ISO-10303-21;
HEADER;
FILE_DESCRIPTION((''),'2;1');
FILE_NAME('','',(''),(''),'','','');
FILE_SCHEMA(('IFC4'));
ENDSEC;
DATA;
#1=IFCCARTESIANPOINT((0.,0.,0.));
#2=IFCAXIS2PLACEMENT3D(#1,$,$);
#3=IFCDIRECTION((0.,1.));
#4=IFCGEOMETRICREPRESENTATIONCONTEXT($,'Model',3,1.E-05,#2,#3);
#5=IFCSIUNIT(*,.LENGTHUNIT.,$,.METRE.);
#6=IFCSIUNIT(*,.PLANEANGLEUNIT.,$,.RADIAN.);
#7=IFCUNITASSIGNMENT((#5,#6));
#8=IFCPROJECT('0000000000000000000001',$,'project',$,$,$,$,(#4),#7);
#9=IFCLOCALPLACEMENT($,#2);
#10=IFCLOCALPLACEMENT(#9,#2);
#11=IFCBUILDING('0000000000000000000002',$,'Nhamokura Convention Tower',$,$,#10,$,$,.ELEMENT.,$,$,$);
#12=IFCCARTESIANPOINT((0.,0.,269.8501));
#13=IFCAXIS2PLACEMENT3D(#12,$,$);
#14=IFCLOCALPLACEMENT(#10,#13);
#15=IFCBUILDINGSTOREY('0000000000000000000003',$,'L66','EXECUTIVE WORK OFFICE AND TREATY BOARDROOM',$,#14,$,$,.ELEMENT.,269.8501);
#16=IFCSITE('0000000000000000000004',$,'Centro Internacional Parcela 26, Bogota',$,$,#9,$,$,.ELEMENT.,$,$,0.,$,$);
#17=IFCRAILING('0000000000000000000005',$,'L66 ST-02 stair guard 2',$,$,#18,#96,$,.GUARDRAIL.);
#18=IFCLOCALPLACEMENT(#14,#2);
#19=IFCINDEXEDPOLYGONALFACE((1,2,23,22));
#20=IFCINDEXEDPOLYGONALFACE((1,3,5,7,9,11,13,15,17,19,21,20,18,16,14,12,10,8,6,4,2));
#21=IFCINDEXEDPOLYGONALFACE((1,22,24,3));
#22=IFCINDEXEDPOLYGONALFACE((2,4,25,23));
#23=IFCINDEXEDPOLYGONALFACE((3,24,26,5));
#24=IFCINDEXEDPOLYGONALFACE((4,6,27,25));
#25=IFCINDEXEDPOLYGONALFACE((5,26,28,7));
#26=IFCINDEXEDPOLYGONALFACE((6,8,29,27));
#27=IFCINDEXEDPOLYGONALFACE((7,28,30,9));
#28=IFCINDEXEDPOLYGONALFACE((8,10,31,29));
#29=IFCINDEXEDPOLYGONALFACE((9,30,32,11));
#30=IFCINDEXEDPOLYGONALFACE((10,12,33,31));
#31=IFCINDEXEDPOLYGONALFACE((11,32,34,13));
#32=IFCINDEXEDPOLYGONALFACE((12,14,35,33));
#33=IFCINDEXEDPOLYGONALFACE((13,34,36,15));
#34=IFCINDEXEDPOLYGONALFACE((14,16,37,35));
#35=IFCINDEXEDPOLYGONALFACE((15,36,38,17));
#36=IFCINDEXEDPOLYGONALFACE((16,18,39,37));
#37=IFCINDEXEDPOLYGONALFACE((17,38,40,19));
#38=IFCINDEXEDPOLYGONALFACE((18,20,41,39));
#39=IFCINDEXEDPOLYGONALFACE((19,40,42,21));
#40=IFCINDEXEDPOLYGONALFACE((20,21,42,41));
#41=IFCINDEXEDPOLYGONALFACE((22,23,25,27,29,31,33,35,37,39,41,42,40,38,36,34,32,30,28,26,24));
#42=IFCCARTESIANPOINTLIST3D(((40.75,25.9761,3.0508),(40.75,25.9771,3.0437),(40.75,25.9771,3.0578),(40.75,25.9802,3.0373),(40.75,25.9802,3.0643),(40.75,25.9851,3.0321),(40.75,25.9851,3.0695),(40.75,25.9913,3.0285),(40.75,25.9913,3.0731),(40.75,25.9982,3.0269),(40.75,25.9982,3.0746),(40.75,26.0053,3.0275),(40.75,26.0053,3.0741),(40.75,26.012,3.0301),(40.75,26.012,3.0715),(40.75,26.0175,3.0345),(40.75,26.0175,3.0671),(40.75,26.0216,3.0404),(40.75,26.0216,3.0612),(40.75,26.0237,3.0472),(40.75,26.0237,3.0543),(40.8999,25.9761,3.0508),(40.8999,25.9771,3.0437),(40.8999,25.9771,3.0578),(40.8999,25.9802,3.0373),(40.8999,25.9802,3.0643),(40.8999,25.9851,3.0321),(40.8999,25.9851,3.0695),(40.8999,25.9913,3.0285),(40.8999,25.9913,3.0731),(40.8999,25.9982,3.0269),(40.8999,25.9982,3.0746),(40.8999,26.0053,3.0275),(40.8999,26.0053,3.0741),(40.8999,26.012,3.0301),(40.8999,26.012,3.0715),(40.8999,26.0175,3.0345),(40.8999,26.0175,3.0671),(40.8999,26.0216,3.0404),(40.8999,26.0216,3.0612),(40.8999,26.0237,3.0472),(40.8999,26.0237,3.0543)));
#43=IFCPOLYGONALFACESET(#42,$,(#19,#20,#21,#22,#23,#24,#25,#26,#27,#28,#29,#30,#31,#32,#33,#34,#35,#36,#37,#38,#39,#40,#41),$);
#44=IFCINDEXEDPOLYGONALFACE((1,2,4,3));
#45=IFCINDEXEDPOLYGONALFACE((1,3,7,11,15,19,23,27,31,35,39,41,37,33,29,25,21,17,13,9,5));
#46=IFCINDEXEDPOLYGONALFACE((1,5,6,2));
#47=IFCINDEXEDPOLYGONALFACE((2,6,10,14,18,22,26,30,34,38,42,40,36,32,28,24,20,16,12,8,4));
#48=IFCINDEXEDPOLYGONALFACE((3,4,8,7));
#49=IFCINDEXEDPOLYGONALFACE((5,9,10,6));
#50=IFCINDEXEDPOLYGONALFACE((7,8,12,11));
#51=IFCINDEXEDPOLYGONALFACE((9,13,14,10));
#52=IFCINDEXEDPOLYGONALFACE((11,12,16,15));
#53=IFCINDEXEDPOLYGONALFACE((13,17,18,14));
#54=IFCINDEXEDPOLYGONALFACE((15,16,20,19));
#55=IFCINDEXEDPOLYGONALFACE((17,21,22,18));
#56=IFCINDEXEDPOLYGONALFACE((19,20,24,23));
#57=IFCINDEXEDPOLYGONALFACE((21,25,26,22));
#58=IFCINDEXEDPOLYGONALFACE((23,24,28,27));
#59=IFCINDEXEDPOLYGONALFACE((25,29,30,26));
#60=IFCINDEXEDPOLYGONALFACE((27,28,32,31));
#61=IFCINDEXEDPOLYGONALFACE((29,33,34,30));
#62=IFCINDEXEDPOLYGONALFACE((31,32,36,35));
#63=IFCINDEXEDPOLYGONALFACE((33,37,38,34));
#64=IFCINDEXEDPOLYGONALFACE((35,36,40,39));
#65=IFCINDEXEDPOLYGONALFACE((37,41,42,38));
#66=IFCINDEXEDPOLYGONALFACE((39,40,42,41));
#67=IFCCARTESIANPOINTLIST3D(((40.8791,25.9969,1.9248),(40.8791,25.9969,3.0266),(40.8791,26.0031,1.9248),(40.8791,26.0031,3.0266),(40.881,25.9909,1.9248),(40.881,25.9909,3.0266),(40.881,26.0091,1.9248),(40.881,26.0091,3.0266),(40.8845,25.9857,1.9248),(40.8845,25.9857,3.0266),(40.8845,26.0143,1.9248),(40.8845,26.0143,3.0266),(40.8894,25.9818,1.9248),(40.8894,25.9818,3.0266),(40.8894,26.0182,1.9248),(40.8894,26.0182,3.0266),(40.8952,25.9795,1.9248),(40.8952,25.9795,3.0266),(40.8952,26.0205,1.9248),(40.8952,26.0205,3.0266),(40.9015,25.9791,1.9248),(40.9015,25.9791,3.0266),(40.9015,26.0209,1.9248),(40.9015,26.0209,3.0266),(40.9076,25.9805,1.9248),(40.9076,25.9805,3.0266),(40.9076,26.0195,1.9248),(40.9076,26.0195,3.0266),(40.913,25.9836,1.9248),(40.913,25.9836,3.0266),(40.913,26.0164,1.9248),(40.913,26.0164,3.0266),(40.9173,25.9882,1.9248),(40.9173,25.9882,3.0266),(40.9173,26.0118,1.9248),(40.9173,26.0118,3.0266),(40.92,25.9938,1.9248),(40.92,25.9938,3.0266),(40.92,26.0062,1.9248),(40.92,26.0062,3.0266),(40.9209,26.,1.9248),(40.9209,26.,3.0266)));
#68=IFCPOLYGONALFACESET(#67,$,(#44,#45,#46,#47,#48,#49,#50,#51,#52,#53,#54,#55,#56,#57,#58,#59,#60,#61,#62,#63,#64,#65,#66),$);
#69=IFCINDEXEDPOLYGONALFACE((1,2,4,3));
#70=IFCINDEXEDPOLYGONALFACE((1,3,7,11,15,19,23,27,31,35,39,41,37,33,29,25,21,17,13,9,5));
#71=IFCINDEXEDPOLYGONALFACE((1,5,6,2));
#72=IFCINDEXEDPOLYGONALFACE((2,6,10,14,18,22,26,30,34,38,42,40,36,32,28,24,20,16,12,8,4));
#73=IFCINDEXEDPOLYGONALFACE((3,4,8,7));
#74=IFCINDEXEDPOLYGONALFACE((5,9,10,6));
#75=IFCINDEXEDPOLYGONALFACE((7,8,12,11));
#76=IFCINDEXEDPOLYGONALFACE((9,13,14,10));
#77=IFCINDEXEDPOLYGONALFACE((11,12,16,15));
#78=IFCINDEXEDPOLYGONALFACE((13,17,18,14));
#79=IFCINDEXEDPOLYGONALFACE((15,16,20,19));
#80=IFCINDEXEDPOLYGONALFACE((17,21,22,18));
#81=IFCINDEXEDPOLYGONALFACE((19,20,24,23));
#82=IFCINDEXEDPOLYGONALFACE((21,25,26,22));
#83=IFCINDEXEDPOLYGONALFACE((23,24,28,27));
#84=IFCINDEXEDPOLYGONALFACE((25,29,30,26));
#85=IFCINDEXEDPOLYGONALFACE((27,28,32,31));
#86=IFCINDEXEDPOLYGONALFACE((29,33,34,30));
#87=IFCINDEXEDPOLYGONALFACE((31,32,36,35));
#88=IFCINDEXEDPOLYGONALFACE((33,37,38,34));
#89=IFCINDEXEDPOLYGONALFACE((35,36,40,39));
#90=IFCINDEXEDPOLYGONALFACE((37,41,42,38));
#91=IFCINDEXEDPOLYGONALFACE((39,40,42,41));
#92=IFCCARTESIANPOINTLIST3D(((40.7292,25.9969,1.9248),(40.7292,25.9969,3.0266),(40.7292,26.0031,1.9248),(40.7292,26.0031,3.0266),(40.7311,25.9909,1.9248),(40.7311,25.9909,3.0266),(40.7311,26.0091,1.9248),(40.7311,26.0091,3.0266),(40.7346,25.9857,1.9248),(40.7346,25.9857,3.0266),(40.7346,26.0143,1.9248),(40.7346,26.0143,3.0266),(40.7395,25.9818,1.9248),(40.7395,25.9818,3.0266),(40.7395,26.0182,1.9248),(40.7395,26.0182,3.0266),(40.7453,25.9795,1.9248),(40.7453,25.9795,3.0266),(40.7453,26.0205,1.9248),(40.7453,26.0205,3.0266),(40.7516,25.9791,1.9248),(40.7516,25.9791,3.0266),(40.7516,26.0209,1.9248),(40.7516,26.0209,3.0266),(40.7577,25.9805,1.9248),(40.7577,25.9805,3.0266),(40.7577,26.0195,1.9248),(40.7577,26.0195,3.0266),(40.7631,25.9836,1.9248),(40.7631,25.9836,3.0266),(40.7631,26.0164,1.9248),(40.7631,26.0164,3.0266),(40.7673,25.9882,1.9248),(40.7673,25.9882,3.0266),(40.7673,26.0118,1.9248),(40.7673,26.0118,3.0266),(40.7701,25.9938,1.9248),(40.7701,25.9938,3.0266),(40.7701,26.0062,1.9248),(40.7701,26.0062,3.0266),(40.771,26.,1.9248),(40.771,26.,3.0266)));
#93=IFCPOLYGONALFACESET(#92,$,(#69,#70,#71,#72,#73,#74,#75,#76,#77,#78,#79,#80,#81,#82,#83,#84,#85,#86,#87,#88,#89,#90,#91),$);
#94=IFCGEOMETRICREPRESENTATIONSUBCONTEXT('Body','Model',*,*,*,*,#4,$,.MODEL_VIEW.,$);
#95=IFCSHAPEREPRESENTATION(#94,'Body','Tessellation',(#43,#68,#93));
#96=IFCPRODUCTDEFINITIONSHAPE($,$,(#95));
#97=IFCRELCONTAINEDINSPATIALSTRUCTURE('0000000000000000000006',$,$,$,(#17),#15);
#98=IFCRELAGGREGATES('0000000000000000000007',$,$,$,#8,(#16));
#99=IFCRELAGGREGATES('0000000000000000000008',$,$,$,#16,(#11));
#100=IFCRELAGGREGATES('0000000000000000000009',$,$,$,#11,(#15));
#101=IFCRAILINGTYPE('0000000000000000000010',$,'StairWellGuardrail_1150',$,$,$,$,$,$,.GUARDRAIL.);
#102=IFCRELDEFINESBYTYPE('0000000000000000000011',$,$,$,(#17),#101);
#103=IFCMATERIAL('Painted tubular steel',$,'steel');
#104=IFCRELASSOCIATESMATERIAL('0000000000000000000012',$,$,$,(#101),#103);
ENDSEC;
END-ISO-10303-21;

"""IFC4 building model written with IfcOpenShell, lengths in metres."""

from ifc_helpers import new_model, si_unit, direction, frame, origin, origin_2d, place, context, subcontext, project, spatial, circle, extrude, material, type_object, element, save


model = new_model("IFC4")

# Units and contexts
model_context = context("Model", 3, precision=1e-05, world=origin(), true_north=direction((0.0, 1.0)))
body_context = subcontext(model_context, "Body", "Model", "MODEL_VIEW")
ifc_project = project(units=[si_unit("LENGTHUNIT", "METRE"), si_unit("PLANEANGLEUNIT", "RADIAN")], contexts=[model_context])

# Site, building, storey
site_placement = place(None, origin())
site = spatial("IfcSite", under=ifc_project, at=site_placement, Name="Centro Internacional Parcela 26, Bogota", CompositionType="ELEMENT", RefElevation=0.0)
building_placement = place(site_placement, origin())
building = spatial("IfcBuilding", under=site, at=building_placement, Name="Nhamokura Convention Tower", CompositionType="ELEMENT")
storey_placement = place(building_placement, frame((0.0, 0.0, 269.8501)))
storey = spatial("IfcBuildingStorey", under=building, at=storey_placement, Name="L66", Description="EXECUTIVE WORK OFFICE AND TREATY BOARDROOM", CompositionType="ELEMENT", Elevation=269.8501)

# Railing
ifc_material_1 = material(Name="Painted tubular steel", Category="steel")
railing_type_1 = type_object("IfcRailingType", Name="StairWellGuardrail_1150", PredefinedType="GUARDRAIL", material=ifc_material_1)
railing_1_placement = place(storey_placement, frame((40.8999, 26.0, 1.9248)))
element("IfcRailing", 1, at=railing_1_placement, inside=storey, type_object=railing_type_1, Name="L66 ST-02 stair guard 2", PredefinedType="GUARDRAIL", context=body_context, shape_type="SweptSolid", body=[
    extrude(circle(Radius=0.0239, at=origin_2d()), frame((0.0, 0.0, 1.126), z_axis=(-1.0, 0.0, 0.0), x_axis=(0.0, -1.0, 0.0)), (0.0, 0.0, 1.0), 0.1499),
    extrude(circle(Radius=0.021, at=origin_2d()), origin(), (0.0, 0.0, 1.0), 1.1018),
    extrude(circle(Radius=0.021, at=origin_2d()), frame((-0.1499, 0.0, 0.0)), (0.0, 0.0, 1.0), 1.1018),
])

save(model, "model.ifc")
